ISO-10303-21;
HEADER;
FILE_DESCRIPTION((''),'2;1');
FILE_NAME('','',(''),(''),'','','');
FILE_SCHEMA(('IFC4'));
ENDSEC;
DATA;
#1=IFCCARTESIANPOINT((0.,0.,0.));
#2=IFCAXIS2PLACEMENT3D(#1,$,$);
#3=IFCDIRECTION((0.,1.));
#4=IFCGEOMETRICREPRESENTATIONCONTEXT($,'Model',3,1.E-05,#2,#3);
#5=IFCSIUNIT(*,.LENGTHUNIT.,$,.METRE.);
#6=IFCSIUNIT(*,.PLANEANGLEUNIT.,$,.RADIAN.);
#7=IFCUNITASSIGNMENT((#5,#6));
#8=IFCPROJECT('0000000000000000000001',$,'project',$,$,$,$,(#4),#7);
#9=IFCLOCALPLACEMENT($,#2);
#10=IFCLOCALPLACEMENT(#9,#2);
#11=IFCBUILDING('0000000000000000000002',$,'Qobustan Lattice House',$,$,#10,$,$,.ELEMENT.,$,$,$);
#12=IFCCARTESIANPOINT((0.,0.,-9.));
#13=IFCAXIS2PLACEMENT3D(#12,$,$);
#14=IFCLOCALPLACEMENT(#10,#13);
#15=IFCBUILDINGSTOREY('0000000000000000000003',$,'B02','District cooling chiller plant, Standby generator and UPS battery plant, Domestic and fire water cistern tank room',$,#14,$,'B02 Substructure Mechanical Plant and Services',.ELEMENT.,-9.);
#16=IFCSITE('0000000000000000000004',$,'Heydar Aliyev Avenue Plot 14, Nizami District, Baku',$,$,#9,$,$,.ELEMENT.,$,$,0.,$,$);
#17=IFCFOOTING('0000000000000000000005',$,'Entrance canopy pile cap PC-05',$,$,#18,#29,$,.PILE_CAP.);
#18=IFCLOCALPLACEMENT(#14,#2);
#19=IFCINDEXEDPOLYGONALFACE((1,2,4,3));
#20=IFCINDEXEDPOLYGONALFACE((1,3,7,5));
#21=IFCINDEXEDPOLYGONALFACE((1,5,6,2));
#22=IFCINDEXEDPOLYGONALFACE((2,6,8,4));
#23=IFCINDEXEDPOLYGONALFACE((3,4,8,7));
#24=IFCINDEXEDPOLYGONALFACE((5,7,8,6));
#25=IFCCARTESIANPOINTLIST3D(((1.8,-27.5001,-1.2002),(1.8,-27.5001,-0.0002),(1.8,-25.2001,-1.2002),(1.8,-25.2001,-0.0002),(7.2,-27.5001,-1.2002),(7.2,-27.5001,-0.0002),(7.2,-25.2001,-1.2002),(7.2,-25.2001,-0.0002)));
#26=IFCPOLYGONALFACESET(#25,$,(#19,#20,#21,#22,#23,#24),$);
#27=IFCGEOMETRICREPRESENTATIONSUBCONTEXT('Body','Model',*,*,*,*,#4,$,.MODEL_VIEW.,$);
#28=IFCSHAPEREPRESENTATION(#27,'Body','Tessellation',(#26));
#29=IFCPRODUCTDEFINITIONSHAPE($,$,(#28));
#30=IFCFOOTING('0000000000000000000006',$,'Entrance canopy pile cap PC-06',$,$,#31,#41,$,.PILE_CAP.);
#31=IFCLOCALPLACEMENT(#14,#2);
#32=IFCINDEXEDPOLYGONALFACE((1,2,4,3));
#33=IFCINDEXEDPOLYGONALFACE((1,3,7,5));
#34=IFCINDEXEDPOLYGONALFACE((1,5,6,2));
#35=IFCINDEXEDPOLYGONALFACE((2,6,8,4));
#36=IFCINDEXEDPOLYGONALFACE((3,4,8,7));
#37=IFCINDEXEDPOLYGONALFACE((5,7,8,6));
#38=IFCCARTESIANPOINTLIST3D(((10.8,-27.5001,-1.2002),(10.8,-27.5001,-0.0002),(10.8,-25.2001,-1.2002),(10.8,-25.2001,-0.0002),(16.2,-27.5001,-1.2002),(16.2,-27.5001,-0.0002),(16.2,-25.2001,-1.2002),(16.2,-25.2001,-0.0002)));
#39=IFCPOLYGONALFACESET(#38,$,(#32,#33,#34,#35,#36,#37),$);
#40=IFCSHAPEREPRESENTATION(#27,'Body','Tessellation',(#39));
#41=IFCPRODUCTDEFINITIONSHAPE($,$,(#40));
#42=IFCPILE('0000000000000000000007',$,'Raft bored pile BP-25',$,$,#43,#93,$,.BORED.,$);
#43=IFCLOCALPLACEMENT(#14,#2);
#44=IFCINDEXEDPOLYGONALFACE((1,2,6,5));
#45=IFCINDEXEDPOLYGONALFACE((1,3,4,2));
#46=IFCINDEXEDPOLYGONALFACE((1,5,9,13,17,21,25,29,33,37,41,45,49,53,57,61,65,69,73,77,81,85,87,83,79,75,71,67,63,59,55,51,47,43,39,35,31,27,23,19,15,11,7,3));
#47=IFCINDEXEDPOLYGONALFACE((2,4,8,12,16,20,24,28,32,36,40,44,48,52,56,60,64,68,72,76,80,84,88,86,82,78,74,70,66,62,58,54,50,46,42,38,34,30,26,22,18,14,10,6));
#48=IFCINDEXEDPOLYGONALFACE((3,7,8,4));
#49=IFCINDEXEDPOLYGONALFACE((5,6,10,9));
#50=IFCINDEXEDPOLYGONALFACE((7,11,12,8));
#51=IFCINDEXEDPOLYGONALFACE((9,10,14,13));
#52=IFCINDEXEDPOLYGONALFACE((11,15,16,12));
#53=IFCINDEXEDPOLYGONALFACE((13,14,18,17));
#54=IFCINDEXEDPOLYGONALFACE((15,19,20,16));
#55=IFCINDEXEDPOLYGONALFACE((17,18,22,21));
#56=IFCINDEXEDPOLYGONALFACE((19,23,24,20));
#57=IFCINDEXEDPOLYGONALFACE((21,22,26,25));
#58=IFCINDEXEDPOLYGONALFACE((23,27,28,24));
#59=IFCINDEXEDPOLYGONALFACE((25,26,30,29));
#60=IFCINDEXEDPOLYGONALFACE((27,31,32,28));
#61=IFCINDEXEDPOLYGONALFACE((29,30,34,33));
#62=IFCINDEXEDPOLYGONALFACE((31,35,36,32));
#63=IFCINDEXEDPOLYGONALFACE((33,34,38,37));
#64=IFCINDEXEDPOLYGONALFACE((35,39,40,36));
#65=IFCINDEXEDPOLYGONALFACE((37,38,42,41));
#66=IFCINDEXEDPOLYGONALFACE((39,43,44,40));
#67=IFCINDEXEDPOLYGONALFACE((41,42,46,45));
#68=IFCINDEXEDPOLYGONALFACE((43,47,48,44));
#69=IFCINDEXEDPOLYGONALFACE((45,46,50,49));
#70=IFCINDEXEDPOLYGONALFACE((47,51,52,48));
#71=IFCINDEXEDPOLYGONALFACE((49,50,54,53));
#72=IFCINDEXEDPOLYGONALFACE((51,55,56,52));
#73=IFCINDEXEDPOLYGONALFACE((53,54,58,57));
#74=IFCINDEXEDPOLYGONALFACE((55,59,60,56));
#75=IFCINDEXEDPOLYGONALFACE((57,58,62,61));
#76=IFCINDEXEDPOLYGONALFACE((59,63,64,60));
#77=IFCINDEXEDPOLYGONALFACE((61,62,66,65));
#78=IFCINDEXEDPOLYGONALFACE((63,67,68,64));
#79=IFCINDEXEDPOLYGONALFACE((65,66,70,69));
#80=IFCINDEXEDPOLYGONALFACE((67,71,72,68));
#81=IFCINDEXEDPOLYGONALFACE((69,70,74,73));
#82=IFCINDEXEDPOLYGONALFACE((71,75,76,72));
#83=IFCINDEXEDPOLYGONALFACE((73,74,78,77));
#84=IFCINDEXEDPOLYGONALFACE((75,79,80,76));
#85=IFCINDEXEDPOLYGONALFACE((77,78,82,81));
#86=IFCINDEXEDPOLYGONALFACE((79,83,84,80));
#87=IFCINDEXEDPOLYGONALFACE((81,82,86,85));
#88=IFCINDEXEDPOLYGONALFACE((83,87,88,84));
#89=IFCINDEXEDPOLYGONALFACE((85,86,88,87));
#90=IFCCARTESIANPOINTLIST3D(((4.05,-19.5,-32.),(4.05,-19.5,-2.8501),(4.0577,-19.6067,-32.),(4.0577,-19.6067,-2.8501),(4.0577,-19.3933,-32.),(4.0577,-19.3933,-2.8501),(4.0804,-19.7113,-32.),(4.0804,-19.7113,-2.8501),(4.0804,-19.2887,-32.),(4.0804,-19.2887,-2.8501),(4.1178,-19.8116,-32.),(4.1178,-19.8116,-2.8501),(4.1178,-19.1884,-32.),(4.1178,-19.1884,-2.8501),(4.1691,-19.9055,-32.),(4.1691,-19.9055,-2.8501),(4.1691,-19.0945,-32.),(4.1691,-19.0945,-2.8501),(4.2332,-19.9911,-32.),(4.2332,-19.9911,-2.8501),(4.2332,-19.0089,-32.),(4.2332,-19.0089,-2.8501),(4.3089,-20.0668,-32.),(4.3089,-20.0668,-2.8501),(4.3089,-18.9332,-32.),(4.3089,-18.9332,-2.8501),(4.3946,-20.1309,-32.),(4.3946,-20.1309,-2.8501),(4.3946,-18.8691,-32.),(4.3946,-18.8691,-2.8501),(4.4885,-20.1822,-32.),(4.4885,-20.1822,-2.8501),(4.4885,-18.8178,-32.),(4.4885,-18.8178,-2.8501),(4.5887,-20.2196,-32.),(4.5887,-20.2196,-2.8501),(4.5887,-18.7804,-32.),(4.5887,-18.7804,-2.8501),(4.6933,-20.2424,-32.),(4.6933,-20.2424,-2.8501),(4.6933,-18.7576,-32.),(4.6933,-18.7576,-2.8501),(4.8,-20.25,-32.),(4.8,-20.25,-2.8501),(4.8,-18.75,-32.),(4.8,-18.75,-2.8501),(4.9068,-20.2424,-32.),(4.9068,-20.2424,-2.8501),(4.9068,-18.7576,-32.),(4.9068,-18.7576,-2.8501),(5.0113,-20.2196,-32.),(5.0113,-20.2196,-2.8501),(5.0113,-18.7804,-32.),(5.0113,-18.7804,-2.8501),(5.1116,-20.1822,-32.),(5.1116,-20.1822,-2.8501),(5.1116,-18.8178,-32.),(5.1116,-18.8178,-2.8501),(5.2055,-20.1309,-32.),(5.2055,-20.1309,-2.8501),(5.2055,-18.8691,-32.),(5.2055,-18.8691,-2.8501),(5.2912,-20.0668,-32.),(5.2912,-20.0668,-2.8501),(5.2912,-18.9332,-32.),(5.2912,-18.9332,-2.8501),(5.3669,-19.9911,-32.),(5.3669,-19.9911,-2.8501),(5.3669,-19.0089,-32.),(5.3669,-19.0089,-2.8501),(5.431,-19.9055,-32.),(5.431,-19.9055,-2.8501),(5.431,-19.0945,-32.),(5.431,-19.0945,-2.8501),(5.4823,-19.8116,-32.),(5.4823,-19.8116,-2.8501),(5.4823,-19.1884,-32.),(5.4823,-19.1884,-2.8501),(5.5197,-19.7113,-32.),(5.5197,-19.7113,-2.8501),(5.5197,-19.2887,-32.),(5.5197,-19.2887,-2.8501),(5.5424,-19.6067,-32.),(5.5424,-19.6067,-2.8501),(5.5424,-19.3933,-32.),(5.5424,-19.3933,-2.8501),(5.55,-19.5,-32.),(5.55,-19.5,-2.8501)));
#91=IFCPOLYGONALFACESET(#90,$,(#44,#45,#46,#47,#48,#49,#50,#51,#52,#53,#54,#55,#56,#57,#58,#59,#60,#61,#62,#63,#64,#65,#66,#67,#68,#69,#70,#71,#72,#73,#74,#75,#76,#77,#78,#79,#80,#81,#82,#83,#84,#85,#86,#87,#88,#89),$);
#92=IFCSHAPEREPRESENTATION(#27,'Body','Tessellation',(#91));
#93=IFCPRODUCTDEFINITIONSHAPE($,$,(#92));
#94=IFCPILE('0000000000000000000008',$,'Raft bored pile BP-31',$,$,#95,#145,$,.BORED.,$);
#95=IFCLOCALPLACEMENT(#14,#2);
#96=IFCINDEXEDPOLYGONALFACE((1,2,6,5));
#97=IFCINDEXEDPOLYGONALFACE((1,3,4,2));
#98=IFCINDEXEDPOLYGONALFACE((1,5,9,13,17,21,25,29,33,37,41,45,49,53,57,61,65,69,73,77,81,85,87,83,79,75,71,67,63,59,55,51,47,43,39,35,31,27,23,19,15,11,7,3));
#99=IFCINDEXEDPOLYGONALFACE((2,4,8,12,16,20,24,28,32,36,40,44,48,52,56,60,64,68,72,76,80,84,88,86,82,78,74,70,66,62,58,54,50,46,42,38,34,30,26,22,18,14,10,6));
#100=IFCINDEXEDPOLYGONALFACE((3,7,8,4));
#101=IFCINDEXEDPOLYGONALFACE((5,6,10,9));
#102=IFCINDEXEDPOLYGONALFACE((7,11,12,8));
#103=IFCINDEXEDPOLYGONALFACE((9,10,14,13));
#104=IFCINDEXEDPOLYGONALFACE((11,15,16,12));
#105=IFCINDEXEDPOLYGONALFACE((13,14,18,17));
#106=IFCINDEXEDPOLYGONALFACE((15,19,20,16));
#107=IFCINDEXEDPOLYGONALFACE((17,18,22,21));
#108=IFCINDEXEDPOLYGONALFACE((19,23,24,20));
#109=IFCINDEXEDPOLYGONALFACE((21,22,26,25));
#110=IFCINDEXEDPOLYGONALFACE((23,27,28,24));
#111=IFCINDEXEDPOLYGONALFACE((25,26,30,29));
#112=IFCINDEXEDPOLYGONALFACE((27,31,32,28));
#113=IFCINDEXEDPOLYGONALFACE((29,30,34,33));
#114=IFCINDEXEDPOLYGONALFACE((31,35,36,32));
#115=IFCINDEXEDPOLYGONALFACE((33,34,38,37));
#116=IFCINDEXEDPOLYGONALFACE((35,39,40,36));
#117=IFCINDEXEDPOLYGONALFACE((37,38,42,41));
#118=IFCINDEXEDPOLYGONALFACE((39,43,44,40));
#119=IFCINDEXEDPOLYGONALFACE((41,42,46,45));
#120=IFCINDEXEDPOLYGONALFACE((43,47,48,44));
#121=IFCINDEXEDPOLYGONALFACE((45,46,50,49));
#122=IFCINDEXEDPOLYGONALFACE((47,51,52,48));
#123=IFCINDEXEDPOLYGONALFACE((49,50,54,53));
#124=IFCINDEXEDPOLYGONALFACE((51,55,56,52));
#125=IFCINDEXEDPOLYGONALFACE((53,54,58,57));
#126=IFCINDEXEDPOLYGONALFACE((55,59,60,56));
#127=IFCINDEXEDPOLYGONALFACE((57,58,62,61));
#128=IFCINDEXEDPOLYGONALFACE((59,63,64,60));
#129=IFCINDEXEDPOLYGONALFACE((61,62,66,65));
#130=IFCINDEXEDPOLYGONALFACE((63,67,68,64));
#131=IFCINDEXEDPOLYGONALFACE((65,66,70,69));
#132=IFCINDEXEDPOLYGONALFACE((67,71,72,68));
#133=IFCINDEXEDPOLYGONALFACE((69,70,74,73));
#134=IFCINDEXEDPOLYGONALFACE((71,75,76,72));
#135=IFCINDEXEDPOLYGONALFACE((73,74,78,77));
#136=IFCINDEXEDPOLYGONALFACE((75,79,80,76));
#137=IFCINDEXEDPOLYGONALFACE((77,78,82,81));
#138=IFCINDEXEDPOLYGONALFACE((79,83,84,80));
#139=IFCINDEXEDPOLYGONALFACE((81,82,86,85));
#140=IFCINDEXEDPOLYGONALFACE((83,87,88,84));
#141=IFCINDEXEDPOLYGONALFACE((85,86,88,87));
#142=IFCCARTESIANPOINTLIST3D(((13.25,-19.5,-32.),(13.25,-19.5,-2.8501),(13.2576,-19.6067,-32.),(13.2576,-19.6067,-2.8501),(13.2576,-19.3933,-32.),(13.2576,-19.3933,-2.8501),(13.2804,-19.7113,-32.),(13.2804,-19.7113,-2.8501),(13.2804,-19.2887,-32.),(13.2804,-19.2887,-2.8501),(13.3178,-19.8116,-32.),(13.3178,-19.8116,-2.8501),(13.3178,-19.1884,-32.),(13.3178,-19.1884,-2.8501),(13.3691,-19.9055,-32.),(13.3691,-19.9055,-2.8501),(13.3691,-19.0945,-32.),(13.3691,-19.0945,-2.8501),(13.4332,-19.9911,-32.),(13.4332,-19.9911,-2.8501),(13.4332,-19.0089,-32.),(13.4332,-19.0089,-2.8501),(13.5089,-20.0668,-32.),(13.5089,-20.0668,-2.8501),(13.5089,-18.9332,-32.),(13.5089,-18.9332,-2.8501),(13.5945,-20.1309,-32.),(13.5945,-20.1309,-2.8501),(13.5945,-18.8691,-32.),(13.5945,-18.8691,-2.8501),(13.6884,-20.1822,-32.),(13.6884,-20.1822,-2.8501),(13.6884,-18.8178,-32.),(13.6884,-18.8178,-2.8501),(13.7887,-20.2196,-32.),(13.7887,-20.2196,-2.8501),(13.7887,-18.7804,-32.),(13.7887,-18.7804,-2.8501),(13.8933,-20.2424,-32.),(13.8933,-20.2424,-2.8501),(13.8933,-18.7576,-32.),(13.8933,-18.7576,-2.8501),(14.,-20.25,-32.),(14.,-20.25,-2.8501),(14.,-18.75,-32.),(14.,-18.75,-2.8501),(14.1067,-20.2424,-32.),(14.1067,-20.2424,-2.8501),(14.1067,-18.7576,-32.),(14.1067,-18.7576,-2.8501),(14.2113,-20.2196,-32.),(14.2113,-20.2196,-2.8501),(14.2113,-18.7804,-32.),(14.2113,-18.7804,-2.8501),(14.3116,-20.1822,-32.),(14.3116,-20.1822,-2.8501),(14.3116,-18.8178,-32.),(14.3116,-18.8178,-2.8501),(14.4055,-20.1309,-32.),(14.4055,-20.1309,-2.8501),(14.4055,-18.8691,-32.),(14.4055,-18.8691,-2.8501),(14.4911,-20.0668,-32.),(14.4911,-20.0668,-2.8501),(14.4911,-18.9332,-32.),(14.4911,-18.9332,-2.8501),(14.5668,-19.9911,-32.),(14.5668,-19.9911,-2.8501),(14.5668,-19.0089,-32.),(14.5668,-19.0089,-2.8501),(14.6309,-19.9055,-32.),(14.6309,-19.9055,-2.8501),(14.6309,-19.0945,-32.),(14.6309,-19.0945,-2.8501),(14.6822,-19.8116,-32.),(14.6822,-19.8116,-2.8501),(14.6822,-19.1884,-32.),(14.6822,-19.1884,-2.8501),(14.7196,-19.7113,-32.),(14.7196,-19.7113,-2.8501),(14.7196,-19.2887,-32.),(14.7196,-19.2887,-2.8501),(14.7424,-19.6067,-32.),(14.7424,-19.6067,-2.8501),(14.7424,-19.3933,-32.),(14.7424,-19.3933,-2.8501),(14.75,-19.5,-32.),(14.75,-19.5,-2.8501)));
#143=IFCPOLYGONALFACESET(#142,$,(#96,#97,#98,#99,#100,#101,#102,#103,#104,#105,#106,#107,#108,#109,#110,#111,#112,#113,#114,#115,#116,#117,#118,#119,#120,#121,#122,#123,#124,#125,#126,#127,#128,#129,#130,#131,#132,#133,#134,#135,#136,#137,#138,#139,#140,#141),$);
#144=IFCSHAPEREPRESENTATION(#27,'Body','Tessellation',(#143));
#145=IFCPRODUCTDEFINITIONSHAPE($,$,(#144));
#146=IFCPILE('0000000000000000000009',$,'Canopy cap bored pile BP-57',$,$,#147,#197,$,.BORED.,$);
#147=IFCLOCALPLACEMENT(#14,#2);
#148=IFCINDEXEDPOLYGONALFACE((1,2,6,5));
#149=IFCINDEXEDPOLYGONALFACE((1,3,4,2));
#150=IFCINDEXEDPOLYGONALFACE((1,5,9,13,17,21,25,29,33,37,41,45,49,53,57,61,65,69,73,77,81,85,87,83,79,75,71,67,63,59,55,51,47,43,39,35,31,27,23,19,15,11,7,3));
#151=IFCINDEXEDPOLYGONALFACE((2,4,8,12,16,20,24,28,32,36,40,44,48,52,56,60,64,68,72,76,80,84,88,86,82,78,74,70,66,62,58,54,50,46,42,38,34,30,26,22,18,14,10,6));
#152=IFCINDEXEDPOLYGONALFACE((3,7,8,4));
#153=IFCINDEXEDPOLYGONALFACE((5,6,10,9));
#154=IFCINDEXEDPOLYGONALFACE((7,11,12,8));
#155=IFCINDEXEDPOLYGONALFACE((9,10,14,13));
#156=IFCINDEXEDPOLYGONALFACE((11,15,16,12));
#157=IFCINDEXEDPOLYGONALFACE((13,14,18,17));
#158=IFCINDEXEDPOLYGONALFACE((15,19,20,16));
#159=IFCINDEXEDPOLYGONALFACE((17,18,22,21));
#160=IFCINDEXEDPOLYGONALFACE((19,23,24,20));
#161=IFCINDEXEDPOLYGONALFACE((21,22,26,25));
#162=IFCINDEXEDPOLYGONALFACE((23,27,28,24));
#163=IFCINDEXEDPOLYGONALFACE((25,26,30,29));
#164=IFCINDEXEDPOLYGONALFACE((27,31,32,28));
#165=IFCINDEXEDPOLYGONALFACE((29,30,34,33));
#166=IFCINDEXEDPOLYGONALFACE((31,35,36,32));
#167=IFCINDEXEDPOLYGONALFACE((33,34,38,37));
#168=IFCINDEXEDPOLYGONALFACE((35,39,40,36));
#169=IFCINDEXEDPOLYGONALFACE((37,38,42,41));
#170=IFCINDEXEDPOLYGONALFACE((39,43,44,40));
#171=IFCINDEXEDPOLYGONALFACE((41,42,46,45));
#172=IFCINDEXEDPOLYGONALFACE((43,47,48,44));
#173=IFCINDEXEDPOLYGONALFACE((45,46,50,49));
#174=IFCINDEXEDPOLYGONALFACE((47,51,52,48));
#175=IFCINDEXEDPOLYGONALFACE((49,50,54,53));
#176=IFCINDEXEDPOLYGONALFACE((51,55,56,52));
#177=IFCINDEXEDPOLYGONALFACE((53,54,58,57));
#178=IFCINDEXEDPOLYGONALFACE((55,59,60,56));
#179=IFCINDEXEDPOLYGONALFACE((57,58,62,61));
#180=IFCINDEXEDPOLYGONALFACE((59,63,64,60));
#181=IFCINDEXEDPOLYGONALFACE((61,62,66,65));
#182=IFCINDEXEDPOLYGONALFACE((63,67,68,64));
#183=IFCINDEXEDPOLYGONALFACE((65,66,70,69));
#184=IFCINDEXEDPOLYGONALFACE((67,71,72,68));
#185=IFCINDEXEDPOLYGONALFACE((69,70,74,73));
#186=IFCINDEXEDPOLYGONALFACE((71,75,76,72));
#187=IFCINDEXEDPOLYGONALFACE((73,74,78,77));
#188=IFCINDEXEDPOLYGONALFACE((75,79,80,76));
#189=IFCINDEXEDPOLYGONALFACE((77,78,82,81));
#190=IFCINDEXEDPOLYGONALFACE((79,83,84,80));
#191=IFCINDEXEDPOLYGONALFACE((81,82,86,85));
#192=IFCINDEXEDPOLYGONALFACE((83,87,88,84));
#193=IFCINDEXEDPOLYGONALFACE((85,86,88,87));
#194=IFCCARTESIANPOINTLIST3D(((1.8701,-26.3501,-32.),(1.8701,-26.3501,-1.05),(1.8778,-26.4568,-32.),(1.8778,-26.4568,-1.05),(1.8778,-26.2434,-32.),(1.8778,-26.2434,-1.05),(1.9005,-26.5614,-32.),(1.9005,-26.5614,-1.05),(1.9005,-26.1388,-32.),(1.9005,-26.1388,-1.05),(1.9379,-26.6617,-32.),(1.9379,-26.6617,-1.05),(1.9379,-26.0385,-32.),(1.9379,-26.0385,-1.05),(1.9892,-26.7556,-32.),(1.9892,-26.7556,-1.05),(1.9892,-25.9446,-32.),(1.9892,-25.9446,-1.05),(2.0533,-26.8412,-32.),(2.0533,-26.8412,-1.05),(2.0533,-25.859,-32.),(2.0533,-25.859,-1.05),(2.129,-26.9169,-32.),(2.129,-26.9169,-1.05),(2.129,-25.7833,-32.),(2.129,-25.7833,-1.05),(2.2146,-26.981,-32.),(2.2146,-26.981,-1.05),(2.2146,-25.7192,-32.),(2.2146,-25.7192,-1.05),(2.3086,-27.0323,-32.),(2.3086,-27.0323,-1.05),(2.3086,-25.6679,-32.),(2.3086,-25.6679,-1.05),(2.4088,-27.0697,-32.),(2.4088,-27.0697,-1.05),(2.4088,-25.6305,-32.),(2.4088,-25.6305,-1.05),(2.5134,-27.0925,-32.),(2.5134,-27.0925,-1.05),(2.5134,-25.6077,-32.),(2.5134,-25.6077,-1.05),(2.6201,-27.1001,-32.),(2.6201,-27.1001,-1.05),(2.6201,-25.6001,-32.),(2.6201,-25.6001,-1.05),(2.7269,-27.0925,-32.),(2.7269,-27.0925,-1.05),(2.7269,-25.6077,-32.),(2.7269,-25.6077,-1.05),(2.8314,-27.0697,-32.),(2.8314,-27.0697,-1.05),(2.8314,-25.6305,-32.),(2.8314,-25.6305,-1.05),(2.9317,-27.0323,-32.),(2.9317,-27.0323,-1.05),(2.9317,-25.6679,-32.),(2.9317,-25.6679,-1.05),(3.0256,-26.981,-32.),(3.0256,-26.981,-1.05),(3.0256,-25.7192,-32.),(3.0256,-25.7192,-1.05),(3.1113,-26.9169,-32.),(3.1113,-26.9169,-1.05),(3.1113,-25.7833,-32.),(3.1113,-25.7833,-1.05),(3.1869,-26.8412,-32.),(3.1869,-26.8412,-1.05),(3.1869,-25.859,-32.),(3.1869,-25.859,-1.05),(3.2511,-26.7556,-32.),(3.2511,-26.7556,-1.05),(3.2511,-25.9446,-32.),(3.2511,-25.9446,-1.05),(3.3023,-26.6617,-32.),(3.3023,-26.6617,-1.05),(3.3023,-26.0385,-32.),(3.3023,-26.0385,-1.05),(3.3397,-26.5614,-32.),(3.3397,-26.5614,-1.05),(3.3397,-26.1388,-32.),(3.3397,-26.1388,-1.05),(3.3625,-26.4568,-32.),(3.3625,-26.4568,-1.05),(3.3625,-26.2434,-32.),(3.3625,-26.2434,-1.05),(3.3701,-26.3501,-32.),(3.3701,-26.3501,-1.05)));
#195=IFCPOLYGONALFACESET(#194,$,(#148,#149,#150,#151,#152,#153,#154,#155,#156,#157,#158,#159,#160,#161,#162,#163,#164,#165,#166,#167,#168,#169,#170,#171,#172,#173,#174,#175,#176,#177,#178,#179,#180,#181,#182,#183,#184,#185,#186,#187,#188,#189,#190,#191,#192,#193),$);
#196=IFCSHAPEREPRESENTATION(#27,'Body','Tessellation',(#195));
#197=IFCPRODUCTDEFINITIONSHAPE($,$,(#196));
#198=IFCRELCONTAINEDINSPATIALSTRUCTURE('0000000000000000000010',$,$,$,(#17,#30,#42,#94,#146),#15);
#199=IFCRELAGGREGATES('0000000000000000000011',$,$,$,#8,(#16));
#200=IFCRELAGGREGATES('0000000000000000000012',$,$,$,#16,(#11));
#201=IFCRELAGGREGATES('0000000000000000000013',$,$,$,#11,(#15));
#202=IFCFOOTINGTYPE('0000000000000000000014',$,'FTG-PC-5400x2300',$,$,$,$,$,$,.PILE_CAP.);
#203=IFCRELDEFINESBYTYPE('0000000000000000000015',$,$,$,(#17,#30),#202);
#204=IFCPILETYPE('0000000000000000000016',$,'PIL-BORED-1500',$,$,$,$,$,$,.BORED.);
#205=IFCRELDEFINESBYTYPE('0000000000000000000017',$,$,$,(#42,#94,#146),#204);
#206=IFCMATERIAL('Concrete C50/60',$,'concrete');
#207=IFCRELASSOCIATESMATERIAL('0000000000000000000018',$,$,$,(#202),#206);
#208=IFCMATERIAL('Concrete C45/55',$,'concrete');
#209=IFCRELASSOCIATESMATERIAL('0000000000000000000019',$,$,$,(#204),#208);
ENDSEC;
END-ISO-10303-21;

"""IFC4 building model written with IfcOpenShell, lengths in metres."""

from ifc_helpers import new_model, si_unit, direction, frame, origin, origin_2d, place, context, subcontext, project, spatial, rectangle, circle, extrude, material, material_profile, profile_set, type_object, element, save


model = new_model("IFC4")

# Units and contexts
model_context = context("Model", 3, precision=1e-05, world=origin(), true_north=direction((0.0, 1.0)))
body_context = subcontext(model_context, "Body", "Model", "MODEL_VIEW")
ifc_project = project(units=[si_unit("LENGTHUNIT", "METRE"), si_unit("PLANEANGLEUNIT", "RADIAN")], contexts=[model_context])

# Site, building, storey
site_placement = place(None, origin())
site = spatial("IfcSite", under=ifc_project, at=site_placement, Name="Heydar Aliyev Avenue Plot 14, Nizami District, Baku", CompositionType="ELEMENT", RefElevation=0.0)
building_placement = place(site_placement, origin())
building = spatial("IfcBuilding", under=site, at=building_placement, Name="Qobustan Lattice House", CompositionType="ELEMENT")
storey_placement = place(building_placement, frame((0.0, 0.0, -9.0)))
storey = spatial("IfcBuildingStorey", under=building, at=storey_placement, Name="B02", Description="District cooling chiller plant, Standby generator and UPS battery plant, Domestic and fire water cistern tank room", LongName="B02 Substructure Mechanical Plant and Services", CompositionType="ELEMENT", Elevation=-9.0)

# Footings
ifc_material_1 = material(Name="Concrete C50/60", Category="concrete")
footing_type = type_object("IfcFootingType", Name="FTG-PC-5400x2300", PredefinedType="PILE_CAP", material=ifc_material_1)
for number, where, z_axis, x_axis, name in (
    (1, (4.5, -26.3501, -1.2002), (0.0, 0.0, 1.0), (1.0, 0.0, 0.0), "Entrance canopy pile cap PC-05"),
    (2, (13.5, -26.3501, -1.2002), (0.0, 0.0, 1.0), (1.0, 0.0, 0.0), "Entrance canopy pile cap PC-06"),
):
    element("IfcFooting", number, at=place(storey_placement, frame(where, z_axis=z_axis, x_axis=x_axis)), inside=storey, type_object=footing_type, Name=name, PredefinedType="PILE_CAP", context=body_context, shape_type="SweptSolid", body=[
        extrude(rectangle(XDim=5.3999, YDim=2.3, at=origin_2d()), origin(), (0.0, 0.0, 1.0), 1.2),
    ])

# Piles
ifc_material_2 = material(Name="Concrete C45/55", Category="concrete")
ifc_material_profile_1 = material_profile(ifc_material_2, circle(Radius=0.75, at=origin_2d()), Name="PILE-D1500")
ifc_profile_set_1 = profile_set([ifc_material_profile_1], Name="Concrete C45/55")
pile_type = type_object("IfcPileType", Name="PIL-BORED-1500", PredefinedType="BORED", material=ifc_profile_set_1)
for number, where, z_axis, x_axis, name in (
    (3, (4.8, -19.5, -2.8501), (0.0, 0.0, -1.0), (1.0, 0.0, 0.0), "Raft bored pile BP-25"),
    (4, (14.0, -19.5, -2.8501), (0.0, 0.0, -1.0), (1.0, 0.0, 0.0), "Raft bored pile BP-31"),
):
    element("IfcPile", number, at=place(storey_placement, frame(where, z_axis=z_axis, x_axis=x_axis)), inside=storey, type_object=pile_type, Name=name, PredefinedType="BORED", context=body_context, shape_type="SweptSolid", body=[
        extrude(circle(Radius=0.75, at=origin_2d()), origin(), (0.0, 0.0, 1.0), 29.1499),
    ])
for number, where, z_axis, x_axis, name in (
    (5, (2.6201, -26.3501, -1.05), (0.0, 0.0, -1.0), (1.0, 0.0, 0.0), "Canopy cap bored pile BP-57"),
):
    element("IfcPile", number, at=place(storey_placement, frame(where, z_axis=z_axis, x_axis=x_axis)), inside=storey, type_object=pile_type, Name=name, PredefinedType="BORED", context=body_context, shape_type="SweptSolid", body=[
        extrude(circle(Radius=0.75, at=origin_2d()), origin(), (0.0, 0.0, 1.0), 30.95),
    ])

save(model, "model.ifc")
